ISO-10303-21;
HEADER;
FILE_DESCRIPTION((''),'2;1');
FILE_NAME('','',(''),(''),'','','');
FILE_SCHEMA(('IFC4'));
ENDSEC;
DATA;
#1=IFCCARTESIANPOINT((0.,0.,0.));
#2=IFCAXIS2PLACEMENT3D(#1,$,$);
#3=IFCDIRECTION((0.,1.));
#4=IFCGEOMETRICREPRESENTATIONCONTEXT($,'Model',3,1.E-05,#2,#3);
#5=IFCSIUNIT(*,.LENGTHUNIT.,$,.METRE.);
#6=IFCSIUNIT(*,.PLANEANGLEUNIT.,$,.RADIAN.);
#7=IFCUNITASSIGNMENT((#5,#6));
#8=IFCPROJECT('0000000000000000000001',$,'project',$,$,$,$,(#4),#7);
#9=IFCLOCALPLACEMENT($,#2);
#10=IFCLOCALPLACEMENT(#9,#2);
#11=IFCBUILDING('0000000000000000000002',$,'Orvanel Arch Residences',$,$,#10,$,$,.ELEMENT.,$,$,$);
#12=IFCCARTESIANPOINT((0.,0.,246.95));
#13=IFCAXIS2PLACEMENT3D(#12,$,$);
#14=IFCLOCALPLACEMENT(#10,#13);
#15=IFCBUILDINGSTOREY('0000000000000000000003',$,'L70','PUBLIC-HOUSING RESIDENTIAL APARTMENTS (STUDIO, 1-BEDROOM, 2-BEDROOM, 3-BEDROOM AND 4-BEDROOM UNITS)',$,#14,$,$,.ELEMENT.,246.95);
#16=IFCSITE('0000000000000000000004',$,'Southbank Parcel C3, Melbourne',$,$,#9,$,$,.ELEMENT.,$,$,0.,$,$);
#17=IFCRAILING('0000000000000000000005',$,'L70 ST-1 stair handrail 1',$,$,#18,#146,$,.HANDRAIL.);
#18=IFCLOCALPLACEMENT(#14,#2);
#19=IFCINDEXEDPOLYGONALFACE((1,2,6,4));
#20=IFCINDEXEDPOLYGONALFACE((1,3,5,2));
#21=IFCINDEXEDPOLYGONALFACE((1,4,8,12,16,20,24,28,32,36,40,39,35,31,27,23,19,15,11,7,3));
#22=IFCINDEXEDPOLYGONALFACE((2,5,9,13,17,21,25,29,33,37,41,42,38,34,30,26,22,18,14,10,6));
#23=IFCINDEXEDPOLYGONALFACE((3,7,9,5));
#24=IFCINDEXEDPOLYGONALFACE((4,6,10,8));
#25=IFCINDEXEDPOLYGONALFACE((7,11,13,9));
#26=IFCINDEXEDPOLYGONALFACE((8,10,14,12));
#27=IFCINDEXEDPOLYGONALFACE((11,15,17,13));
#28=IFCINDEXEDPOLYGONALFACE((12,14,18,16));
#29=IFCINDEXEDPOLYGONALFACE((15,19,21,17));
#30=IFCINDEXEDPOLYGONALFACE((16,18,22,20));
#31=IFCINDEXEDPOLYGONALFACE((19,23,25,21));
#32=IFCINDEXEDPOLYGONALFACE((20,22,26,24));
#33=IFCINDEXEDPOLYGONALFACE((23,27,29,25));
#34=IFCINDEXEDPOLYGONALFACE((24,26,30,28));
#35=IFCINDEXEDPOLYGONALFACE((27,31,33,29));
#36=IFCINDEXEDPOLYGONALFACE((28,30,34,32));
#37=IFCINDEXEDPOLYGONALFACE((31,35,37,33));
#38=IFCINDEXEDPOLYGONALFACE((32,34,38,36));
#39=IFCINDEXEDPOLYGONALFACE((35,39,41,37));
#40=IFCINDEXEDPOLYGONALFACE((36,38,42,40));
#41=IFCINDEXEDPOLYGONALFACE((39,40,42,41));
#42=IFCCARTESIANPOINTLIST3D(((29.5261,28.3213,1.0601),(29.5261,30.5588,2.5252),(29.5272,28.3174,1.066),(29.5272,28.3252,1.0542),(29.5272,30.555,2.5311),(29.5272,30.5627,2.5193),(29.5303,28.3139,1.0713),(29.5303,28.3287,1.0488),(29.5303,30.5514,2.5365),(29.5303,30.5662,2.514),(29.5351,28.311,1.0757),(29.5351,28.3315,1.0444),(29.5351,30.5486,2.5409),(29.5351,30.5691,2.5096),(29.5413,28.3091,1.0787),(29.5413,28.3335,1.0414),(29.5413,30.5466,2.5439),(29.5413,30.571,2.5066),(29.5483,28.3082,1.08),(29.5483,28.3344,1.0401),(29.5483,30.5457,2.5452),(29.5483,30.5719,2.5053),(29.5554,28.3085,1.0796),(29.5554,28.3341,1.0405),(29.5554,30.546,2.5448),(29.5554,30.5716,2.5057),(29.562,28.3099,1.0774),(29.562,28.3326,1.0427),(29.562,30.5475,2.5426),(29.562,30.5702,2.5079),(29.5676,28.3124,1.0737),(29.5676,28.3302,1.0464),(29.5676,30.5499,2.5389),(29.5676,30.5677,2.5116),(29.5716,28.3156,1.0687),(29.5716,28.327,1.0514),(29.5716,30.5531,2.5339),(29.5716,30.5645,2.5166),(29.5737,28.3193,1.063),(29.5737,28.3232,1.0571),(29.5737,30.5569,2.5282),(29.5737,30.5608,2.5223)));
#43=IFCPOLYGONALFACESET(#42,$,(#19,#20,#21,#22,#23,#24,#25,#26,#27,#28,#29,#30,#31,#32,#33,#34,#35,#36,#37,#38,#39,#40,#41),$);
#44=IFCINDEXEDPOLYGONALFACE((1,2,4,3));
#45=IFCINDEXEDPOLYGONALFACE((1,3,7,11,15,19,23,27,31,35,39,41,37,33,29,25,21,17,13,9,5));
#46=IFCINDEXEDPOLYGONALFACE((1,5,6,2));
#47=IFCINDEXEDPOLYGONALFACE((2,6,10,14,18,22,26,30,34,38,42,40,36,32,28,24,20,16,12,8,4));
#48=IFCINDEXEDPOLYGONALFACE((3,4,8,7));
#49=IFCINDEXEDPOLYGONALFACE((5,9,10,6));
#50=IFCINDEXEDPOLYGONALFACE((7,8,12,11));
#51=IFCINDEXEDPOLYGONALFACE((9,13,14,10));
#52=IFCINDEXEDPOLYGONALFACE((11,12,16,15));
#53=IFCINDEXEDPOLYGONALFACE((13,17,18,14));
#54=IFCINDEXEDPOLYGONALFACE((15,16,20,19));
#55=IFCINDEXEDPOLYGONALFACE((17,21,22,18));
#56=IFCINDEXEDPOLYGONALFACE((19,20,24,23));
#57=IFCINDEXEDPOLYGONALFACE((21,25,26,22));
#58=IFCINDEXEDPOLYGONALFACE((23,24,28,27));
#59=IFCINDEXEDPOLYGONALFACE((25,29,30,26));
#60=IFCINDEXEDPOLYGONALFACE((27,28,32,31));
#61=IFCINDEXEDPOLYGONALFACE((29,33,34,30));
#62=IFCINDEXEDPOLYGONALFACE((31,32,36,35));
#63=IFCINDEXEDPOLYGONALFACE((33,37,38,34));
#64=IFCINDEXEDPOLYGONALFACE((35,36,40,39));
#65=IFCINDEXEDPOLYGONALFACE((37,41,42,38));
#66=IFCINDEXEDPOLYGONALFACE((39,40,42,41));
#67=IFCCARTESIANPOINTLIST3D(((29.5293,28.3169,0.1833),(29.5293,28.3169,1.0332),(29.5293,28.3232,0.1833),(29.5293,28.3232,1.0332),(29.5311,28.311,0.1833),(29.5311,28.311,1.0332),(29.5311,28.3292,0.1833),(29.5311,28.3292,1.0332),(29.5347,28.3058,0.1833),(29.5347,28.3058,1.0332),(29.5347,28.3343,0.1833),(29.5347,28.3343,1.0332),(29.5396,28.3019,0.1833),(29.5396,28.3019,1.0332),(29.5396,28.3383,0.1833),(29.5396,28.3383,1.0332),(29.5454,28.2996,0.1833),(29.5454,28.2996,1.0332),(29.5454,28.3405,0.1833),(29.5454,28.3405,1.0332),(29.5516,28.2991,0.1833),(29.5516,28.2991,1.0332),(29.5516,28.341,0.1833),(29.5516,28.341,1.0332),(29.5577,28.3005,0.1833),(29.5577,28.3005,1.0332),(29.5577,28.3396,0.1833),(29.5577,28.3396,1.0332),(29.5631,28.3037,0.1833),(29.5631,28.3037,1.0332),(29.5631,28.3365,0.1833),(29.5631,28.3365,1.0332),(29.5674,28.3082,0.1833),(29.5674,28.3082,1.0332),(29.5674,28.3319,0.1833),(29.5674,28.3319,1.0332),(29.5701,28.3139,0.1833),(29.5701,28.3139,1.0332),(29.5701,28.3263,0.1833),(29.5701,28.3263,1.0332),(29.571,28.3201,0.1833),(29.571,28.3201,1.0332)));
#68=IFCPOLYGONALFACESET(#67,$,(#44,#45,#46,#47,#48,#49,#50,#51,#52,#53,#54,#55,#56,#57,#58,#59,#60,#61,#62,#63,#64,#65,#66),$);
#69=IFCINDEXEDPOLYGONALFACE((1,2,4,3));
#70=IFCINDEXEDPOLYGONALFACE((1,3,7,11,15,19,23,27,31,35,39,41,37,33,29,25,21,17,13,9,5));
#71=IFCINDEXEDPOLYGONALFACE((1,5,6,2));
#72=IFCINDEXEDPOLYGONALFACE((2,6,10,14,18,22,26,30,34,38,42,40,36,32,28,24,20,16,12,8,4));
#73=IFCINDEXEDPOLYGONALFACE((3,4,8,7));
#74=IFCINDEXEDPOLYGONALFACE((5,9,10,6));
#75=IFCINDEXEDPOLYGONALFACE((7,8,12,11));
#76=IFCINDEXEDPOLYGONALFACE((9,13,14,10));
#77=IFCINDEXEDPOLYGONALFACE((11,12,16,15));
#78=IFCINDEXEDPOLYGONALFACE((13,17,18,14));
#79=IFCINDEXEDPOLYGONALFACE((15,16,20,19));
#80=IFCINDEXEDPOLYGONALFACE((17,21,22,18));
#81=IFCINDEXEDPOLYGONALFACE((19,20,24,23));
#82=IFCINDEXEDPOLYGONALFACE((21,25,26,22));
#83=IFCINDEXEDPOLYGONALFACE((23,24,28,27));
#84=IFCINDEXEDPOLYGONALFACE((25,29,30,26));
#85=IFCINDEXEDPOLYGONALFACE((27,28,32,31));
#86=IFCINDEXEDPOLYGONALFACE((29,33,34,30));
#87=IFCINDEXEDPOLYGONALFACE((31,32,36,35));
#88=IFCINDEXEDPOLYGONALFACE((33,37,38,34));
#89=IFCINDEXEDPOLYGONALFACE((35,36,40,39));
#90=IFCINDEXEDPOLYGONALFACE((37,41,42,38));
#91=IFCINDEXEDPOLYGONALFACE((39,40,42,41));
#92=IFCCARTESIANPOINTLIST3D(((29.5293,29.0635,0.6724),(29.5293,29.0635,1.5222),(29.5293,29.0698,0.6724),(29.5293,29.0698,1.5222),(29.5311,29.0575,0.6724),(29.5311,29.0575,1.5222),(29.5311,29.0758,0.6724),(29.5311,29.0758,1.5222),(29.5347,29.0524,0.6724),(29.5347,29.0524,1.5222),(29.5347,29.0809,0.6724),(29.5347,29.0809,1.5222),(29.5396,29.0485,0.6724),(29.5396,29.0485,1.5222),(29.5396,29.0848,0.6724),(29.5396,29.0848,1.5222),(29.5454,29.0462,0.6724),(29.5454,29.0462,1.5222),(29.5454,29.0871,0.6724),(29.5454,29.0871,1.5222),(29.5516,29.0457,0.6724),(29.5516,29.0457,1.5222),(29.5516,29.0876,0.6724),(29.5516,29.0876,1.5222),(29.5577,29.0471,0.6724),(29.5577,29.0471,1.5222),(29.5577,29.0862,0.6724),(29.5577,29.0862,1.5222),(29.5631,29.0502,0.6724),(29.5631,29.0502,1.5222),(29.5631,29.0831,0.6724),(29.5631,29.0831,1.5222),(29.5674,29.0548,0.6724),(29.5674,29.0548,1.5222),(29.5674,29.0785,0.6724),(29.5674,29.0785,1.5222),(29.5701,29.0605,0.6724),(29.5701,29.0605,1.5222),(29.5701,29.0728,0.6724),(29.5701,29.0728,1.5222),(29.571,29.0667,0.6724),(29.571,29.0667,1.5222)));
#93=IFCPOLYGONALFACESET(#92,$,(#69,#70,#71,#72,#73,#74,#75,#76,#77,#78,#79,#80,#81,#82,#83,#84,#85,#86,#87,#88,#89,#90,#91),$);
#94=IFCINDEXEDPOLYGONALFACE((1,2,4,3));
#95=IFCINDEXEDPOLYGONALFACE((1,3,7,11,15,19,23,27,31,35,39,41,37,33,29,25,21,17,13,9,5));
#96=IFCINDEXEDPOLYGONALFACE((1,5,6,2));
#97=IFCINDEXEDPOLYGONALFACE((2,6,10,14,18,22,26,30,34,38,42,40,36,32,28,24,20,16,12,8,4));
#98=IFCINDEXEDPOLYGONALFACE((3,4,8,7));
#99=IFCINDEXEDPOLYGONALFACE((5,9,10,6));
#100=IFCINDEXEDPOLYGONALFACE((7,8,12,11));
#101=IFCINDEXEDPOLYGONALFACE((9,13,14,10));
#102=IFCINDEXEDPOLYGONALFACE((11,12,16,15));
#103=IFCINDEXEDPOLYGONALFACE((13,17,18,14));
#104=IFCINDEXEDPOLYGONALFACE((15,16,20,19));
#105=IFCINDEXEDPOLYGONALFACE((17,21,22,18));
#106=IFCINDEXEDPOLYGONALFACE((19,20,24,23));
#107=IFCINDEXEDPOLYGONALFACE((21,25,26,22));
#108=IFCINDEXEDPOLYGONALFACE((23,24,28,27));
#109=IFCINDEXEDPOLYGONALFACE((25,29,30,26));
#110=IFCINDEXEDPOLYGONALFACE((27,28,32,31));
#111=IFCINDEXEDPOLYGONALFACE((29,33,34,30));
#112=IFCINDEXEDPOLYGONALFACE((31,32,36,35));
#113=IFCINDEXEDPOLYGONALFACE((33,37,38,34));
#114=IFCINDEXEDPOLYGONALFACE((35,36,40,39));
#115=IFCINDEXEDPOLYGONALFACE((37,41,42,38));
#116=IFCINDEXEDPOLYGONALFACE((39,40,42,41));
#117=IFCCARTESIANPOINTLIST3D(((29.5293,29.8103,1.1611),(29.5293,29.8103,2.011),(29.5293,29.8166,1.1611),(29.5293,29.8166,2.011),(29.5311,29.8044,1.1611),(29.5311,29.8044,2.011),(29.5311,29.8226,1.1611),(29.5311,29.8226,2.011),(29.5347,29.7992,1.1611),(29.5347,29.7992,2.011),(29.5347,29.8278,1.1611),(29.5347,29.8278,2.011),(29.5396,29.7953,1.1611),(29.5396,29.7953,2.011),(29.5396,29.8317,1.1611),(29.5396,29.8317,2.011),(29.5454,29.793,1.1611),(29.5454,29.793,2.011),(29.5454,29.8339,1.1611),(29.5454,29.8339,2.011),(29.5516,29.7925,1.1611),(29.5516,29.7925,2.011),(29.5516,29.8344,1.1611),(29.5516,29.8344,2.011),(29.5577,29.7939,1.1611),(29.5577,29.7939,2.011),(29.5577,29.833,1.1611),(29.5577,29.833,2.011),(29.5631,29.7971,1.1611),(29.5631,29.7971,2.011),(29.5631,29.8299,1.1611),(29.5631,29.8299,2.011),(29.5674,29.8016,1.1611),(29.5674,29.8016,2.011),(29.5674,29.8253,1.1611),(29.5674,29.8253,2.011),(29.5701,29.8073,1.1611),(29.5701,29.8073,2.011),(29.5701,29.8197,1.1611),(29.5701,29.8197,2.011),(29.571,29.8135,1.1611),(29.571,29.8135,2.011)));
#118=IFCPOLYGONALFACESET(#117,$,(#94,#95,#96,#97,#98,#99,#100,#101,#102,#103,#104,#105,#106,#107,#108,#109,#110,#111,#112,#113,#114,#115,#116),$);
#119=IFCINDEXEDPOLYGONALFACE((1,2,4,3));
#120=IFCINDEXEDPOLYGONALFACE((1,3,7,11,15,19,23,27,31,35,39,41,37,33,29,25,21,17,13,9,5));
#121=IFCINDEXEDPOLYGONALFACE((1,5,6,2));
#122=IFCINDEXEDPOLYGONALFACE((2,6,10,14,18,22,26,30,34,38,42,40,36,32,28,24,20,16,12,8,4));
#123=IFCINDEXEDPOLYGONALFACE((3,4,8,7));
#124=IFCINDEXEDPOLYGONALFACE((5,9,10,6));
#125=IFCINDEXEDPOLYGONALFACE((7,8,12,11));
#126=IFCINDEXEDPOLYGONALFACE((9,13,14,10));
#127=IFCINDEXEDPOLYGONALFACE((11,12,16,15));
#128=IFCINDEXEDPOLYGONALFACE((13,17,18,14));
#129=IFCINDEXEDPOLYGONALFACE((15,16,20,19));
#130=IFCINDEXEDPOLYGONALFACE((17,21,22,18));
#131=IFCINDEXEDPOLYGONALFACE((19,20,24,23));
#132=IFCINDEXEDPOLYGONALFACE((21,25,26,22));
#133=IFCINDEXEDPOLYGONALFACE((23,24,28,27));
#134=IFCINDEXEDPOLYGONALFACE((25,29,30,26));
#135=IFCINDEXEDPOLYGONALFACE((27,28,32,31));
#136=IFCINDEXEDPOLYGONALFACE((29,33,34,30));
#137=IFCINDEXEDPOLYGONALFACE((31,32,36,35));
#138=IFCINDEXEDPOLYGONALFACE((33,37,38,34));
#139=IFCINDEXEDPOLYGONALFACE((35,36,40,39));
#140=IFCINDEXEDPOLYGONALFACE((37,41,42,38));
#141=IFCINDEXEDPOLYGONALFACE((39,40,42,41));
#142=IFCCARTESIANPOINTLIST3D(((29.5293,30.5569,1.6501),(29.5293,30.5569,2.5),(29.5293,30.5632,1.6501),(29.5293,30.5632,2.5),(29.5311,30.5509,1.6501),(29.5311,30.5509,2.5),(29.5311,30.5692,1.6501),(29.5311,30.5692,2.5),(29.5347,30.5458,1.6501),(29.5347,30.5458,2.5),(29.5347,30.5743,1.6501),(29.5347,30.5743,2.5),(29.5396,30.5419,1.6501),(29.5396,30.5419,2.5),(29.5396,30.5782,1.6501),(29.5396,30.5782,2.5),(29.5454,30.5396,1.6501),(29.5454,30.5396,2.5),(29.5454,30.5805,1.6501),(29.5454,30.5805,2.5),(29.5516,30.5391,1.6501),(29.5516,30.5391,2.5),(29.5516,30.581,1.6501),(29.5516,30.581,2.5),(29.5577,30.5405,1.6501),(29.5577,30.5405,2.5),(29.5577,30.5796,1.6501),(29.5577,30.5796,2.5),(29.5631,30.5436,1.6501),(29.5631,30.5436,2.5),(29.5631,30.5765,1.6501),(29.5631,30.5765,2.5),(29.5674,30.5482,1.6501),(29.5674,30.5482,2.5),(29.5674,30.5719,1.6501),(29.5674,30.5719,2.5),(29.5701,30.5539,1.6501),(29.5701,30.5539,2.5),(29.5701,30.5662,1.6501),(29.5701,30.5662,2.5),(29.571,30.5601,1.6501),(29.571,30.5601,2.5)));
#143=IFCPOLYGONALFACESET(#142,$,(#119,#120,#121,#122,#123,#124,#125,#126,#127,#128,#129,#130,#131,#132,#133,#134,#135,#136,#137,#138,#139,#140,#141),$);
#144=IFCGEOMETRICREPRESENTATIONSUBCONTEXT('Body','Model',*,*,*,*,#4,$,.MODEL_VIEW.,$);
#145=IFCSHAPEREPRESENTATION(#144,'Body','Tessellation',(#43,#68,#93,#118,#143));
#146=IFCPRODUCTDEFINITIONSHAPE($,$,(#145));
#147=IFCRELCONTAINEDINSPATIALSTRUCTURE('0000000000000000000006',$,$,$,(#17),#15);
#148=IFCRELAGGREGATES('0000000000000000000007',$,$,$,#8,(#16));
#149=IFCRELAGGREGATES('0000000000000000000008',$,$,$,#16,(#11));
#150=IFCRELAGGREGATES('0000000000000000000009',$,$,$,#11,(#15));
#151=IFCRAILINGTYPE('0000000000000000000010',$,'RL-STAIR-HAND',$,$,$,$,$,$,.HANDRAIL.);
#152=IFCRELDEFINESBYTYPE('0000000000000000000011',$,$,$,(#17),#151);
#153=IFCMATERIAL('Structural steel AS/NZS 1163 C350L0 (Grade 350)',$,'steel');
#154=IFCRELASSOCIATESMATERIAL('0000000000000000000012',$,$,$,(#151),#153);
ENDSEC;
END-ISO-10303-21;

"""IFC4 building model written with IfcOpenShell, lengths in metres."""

from ifc_helpers import new_model, si_unit, direction, frame, origin, origin_2d, place, context, subcontext, project, spatial, circle, extrude, material, type_object, element, save


model = new_model("IFC4")

# Units and contexts
model_context = context("Model", 3, precision=1e-05, world=origin(), true_north=direction((0.0, 1.0)))
body_context = subcontext(model_context, "Body", "Model", "MODEL_VIEW")
ifc_project = project(units=[si_unit("LENGTHUNIT", "METRE"), si_unit("PLANEANGLEUNIT", "RADIAN")], contexts=[model_context])

# Site, building, storey
site_placement = place(None, origin())
site = spatial("IfcSite", under=ifc_project, at=site_placement, Name="Southbank Parcel C3, Melbourne", CompositionType="ELEMENT", RefElevation=0.0)
building_placement = place(site_placement, origin())
building = spatial("IfcBuilding", under=site, at=building_placement, Name="Orvanel Arch Residences", CompositionType="ELEMENT")
storey_placement = place(building_placement, frame((0.0, 0.0, 246.95)))
storey = spatial("IfcBuildingStorey", under=building, at=storey_placement, Name="L70", Description="PUBLIC-HOUSING RESIDENTIAL APARTMENTS (STUDIO, 1-BEDROOM, 2-BEDROOM, 3-BEDROOM AND 4-BEDROOM UNITS)", CompositionType="ELEMENT", Elevation=246.95)

# Railing
ifc_material_1 = material(Name="Structural steel AS/NZS 1163 C350L0 (Grade 350)", Category="steel")
railing_type_1 = type_object("IfcRailingType", Name="RL-STAIR-HAND", PredefinedType="HANDRAIL", material=ifc_material_1)
railing_1_placement = place(storey_placement, frame((29.55, 28.3201, 0.1833)))
element("IfcRailing", 1, at=railing_1_placement, inside=storey, type_object=railing_type_1, Name="L70 ST-1 stair handrail 1", PredefinedType="HANDRAIL", context=body_context, shape_type="SweptSolid", body=[
    extrude(circle(Radius=0.0239, at=origin_2d()), frame((0.0, 0.0012, 0.8767), z_axis=(0.0, 0.836595, 0.547822), x_axis=(-1.0, 0.0, 0.0)), (0.0, 0.0, 1.0), 2.6746),
    extrude(circle(Radius=0.021, at=origin_2d()), origin(), (0.0, 0.0, 1.0), 0.8499),
    extrude(circle(Radius=0.021, at=origin_2d()), frame((0.0, 0.7466, 0.489)), (0.0, 0.0, 1.0), 0.8499),
    extrude(circle(Radius=0.021, at=origin_2d()), frame((0.0, 1.4934, 0.9778)), (0.0, 0.0, 1.0), 0.8499),
    extrude(circle(Radius=0.021, at=origin_2d()), frame((0.0, 2.24, 1.4668)), (0.0, 0.0, 1.0), 0.8499),
])

save(model, "model.ifc")
